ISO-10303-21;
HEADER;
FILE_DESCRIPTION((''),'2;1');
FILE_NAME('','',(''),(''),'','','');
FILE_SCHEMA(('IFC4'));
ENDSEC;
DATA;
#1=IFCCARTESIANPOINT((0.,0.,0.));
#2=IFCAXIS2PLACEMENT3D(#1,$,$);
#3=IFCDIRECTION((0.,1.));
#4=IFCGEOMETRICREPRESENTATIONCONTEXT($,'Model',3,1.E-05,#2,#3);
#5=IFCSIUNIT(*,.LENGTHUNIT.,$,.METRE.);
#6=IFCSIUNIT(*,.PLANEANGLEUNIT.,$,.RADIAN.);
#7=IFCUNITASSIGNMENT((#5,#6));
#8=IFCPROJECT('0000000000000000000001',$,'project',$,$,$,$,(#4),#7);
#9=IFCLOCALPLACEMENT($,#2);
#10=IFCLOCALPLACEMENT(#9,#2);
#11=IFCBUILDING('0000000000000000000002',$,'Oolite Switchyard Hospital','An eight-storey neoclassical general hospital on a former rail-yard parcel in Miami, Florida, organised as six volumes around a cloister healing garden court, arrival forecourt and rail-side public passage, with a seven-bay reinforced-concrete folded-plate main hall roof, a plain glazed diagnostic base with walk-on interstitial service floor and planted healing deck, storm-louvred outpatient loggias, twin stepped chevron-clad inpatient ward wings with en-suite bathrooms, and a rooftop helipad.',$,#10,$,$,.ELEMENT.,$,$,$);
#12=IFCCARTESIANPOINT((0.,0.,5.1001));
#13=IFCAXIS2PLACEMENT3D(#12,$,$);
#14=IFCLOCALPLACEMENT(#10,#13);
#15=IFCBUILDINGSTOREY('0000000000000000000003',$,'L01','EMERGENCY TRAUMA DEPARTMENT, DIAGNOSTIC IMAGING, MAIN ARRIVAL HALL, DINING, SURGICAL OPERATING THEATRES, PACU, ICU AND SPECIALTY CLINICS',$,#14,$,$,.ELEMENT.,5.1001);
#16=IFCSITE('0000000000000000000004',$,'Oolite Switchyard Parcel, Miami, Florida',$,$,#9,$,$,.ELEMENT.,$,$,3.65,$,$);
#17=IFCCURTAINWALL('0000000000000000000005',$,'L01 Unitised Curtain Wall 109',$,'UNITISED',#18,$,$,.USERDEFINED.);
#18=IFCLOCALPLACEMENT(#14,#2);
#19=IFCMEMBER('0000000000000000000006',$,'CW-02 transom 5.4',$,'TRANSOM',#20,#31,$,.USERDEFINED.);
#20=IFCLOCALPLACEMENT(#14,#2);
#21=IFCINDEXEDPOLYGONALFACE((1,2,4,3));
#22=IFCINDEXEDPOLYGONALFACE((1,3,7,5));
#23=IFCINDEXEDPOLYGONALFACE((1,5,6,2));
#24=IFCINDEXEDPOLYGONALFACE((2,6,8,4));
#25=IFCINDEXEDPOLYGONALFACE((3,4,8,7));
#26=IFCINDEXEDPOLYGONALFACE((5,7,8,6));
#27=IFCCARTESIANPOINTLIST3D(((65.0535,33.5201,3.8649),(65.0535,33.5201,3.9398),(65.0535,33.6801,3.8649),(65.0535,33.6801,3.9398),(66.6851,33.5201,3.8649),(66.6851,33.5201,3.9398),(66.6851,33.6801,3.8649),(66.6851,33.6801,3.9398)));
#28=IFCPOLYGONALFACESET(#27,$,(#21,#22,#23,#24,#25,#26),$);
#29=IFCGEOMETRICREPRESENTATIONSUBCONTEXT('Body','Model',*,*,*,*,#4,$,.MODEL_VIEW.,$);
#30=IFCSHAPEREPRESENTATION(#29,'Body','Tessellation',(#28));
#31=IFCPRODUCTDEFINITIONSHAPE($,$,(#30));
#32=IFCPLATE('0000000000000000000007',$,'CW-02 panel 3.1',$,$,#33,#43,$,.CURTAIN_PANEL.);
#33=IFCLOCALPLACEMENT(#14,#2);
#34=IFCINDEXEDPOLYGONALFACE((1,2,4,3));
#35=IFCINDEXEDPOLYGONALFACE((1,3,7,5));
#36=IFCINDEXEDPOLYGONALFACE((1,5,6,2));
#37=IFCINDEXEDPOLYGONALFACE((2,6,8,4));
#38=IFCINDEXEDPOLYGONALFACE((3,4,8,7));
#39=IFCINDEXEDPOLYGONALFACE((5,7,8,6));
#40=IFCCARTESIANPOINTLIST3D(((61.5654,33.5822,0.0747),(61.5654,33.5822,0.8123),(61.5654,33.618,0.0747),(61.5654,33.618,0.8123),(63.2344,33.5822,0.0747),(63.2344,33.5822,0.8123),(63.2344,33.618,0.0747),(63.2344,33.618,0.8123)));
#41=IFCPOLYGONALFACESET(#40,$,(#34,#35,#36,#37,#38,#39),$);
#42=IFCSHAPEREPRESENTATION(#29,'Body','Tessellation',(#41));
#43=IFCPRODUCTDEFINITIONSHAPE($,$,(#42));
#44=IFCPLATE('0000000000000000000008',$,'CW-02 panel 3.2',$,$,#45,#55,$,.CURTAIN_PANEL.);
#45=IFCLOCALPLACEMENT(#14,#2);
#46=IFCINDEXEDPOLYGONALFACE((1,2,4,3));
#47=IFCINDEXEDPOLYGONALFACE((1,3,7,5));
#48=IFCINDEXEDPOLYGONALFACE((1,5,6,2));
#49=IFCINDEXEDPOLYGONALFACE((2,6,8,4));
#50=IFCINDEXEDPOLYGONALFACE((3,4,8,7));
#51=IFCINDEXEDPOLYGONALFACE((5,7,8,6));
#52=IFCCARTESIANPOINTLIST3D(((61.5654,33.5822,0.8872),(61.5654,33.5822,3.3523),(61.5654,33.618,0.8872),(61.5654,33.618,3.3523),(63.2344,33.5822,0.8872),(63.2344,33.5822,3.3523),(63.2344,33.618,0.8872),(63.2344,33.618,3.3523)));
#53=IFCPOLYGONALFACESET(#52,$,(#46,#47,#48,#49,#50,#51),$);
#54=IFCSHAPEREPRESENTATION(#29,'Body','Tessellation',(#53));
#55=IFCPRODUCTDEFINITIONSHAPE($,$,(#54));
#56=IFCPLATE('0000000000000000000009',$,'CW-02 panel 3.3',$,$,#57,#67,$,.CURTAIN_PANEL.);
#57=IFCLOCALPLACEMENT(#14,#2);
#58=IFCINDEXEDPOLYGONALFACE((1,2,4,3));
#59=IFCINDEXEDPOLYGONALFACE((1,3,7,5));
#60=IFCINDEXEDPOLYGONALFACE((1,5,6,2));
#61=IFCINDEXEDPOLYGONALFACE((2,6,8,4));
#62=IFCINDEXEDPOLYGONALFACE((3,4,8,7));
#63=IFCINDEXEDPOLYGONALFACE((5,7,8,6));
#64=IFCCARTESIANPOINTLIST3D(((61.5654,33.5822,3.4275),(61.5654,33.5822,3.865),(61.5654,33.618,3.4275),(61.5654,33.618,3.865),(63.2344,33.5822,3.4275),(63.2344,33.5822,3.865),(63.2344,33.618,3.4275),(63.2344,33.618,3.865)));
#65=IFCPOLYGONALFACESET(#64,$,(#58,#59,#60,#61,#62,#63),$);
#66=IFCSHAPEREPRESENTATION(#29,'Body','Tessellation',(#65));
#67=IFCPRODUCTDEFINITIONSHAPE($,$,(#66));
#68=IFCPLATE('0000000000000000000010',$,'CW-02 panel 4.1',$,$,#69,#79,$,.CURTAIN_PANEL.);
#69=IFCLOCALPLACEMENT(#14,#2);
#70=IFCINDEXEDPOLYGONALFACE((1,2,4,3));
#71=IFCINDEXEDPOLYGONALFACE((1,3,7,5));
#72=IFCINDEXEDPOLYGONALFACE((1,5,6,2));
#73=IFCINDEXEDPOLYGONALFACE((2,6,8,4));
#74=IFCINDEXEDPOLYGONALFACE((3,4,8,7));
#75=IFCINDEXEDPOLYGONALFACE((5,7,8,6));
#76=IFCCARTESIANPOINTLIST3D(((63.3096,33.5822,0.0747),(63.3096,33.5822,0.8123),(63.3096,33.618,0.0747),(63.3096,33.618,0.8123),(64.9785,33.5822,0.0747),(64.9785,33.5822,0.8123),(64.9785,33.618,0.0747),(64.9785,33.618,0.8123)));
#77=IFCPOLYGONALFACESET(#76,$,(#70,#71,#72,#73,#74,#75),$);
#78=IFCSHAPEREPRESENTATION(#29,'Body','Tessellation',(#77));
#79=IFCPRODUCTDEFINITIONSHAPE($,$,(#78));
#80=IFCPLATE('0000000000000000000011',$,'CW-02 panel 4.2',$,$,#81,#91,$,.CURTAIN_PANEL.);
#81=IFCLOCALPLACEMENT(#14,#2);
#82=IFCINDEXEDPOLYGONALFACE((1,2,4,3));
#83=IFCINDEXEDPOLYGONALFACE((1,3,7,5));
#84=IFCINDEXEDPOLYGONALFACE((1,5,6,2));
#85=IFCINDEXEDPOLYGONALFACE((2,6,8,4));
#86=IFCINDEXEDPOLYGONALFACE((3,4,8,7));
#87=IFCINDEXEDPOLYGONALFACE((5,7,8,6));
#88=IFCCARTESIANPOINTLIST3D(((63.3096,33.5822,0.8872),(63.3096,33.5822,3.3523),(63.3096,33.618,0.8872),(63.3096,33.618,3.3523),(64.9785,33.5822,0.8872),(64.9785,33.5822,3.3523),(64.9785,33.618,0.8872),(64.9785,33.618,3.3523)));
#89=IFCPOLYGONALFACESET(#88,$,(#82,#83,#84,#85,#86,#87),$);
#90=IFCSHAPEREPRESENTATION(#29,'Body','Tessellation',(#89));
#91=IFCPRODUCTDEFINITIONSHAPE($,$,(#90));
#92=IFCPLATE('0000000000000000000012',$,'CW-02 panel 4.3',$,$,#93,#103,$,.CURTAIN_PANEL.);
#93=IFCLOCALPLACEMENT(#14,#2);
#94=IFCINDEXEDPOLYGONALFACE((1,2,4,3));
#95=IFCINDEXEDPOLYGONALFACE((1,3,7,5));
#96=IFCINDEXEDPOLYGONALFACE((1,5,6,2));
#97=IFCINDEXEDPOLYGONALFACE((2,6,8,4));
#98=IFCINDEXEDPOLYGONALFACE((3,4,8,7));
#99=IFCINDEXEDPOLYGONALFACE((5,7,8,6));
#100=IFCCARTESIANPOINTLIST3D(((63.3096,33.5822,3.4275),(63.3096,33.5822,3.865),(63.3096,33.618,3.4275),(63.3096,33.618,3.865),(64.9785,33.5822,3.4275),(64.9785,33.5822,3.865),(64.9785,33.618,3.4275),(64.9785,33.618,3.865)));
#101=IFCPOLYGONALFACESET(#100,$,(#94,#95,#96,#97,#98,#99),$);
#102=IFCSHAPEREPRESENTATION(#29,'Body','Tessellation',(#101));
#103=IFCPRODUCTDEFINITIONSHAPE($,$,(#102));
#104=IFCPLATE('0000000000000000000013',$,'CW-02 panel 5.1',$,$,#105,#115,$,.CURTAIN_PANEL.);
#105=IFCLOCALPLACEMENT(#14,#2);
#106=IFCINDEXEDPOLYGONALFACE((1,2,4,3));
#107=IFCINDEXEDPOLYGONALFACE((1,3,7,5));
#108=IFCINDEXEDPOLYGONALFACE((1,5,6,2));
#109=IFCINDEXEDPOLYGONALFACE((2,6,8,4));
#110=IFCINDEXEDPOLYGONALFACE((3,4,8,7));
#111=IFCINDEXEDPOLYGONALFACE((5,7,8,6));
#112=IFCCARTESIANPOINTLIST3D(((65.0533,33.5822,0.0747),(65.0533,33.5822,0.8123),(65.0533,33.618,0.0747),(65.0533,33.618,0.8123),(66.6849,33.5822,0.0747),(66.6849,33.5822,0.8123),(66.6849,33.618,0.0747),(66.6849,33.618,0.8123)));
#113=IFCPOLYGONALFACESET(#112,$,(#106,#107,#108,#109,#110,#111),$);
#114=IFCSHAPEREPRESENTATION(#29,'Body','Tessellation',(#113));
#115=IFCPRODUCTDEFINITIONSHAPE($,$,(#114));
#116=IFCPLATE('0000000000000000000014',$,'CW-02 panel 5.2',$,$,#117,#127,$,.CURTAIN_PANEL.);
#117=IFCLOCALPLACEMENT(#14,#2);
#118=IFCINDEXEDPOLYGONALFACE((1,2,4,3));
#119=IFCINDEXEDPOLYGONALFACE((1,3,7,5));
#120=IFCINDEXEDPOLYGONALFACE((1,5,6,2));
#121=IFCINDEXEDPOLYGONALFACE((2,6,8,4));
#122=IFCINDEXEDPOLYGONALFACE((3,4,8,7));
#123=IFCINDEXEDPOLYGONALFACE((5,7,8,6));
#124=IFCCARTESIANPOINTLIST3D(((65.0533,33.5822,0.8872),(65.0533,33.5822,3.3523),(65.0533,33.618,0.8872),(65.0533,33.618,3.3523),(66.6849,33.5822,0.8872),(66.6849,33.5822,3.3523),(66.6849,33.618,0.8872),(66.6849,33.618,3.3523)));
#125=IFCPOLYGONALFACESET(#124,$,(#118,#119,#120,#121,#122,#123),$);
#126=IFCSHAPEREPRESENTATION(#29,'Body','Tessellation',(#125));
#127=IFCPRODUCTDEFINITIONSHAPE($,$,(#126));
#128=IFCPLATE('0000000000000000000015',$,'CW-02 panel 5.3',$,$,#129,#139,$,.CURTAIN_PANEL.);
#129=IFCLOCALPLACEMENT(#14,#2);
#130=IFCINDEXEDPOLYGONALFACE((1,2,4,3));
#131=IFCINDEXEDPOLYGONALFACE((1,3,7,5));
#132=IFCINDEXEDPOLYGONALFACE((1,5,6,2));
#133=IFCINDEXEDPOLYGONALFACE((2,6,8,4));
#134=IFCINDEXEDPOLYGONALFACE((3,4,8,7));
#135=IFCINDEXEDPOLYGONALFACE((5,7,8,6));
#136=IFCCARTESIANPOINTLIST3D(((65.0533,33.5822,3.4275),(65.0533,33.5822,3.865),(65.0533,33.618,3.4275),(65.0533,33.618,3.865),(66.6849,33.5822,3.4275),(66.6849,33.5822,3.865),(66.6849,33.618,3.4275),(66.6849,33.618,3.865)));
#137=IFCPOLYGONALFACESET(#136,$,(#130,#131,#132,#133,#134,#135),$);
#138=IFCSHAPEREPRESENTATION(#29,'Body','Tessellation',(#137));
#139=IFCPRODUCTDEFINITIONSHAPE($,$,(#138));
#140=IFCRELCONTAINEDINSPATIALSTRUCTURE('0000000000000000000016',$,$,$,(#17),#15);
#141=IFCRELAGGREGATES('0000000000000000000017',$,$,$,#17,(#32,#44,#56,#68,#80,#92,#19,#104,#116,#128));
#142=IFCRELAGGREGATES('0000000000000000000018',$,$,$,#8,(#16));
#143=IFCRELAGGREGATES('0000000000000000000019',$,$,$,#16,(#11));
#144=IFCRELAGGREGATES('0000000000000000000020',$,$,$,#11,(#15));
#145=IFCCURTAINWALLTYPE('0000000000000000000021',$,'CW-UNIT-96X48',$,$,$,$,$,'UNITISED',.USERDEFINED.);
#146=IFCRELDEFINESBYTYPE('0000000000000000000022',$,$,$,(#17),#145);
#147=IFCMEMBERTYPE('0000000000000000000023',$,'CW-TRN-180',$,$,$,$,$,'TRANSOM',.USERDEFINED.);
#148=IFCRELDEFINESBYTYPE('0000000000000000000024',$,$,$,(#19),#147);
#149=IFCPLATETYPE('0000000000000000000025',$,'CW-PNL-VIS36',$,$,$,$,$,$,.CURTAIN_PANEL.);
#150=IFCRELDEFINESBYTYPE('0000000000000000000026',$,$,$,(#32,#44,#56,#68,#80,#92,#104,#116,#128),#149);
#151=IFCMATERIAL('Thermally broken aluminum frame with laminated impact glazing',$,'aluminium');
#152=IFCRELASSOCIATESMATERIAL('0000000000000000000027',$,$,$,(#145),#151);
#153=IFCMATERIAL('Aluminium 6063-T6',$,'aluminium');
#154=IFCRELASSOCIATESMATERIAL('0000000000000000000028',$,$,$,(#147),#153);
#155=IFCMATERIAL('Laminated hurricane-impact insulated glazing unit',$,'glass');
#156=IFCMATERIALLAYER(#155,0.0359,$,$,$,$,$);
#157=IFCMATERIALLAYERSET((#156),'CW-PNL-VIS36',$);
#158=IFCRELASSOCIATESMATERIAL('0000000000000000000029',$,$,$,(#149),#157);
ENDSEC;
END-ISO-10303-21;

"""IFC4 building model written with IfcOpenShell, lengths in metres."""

from ifc_helpers import new_model, si_unit, direction, frame, origin, origin_2d, place, context, subcontext, project, spatial, rectangle, extrude, material, layer, layer_set, material_profile, profile_set, type_object, element, aggregate, save


model = new_model("IFC4")

# Units and contexts
model_context = context("Model", 3, precision=1e-05, world=origin(), true_north=direction((0.0, 1.0)))
body_context = subcontext(model_context, "Body", "Model", "MODEL_VIEW")
ifc_project = project(units=[si_unit("LENGTHUNIT", "METRE"), si_unit("PLANEANGLEUNIT", "RADIAN")], contexts=[model_context])

# Site, building, storey
site_placement = place(None, origin())
site = spatial("IfcSite", under=ifc_project, at=site_placement, Name="Oolite Switchyard Parcel, Miami, Florida", CompositionType="ELEMENT", RefElevation=3.65)
building_placement = place(site_placement, origin())
building = spatial("IfcBuilding", under=site, at=building_placement, Name="Oolite Switchyard Hospital", Description="An eight-storey neoclassical general hospital on a former rail-yard parcel in Miami, Florida, organised as six volumes around a cloister healing garden court, arrival forecourt and rail-side public passage, with a seven-bay reinforced-concrete folded-plate main hall roof, a plain glazed diagnostic base with walk-on interstitial service floor and planted healing deck, storm-louvred outpatient loggias, twin stepped chevron-clad inpatient ward wings with en-suite bathrooms, and a rooftop helipad.", CompositionType="ELEMENT")
storey_placement = place(building_placement, frame((0.0, 0.0, 5.1001)))
storey = spatial("IfcBuildingStorey", under=building, at=storey_placement, Name="L01", Description="EMERGENCY TRAUMA DEPARTMENT, DIAGNOSTIC IMAGING, MAIN ARRIVAL HALL, DINING, SURGICAL OPERATING THEATRES, PACU, ICU AND SPECIALTY CLINICS", CompositionType="ELEMENT", Elevation=5.1001)

# Curtain wall, member, plates
ifc_material_1 = material(Name="Thermally broken aluminum frame with laminated impact glazing", Category="aluminium")
curtain_wall_type = type_object("IfcCurtainWallType", Name="CW-UNIT-96X48", ElementType="UNITISED", PredefinedType="USERDEFINED", material=ifc_material_1)
curtain_wall_placement = place(storey_placement, origin())
curtain_wall = element("IfcCurtainWall", 1, at=curtain_wall_placement, inside=storey, type_object=curtain_wall_type, Name="L01 Unitised Curtain Wall 109", ObjectType="UNITISED", PredefinedType="USERDEFINED")
ifc_material_2 = material(Name="Aluminium 6063-T6", Category="aluminium")
ifc_material_profile_1 = material_profile(ifc_material_2, rectangle(XDim=0.1599, YDim=0.075, at=origin_2d()), Name="CWT75X160")
ifc_profile_set_1 = profile_set([ifc_material_profile_1], Name="Aluminium 6063-T6")
member_type_1 = type_object("IfcMemberType", Name="CW-TRN-180", ElementType="TRANSOM", PredefinedType="USERDEFINED", material=ifc_profile_set_1)
member_1_placement = place(storey_placement, frame((65.0535, 33.6001, 3.9023), z_axis=(1.0, 0.0, 0.0), x_axis=(0.0, 1.0, 0.0)))
member_1 = element("IfcMember", 2, at=member_1_placement, type_object=member_type_1, Name="CW-02 transom 5.4", ObjectType="TRANSOM", PredefinedType="USERDEFINED", context=body_context, shape_type="SweptSolid", body=[
    extrude(rectangle(XDim=0.1599, YDim=0.075, at=origin_2d()), origin(), (0.0, 0.0, 1.0), 1.6316),
])
ifc_material_3 = material(Name="Laminated hurricane-impact insulated glazing unit", Category="glass")
ifc_layer = layer(ifc_material_3, 0.0359)
ifc_layer_set = layer_set([ifc_layer], Name="CW-PNL-VIS36")
plate_type = type_object("IfcPlateType", Name="CW-PNL-VIS36", PredefinedType="CURTAIN_PANEL", material=ifc_layer_set)
plate_1_placement = place(storey_placement, frame((62.3999, 33.6001, 0.0747), z_axis=(0.0, 0.0, 1.0), x_axis=(1.0, 0.0, 0.0)))
plate_1 = element("IfcPlate", 3, at=plate_1_placement, type_object=plate_type, Name="CW-02 panel 3.1", PredefinedType="CURTAIN_PANEL", context=body_context, shape_type="SweptSolid", body=[
    extrude(rectangle(XDim=1.6689, YDim=0.0359, at=origin_2d()), origin(), (0.0, 0.0, 1.0), 0.7375),
])
plate_2_placement = place(storey_placement, frame((62.3999, 33.6001, 0.8872), z_axis=(0.0, 0.0, 1.0), x_axis=(1.0, 0.0, 0.0)))
plate_2 = element("IfcPlate", 4, at=plate_2_placement, type_object=plate_type, Name="CW-02 panel 3.2", PredefinedType="CURTAIN_PANEL", context=body_context, shape_type="SweptSolid", body=[
    extrude(rectangle(XDim=1.6689, YDim=0.0359, at=origin_2d()), origin(), (0.0, 0.0, 1.0), 2.4651),
])
plate_3_placement = place(storey_placement, frame((62.3999, 33.6001, 3.4275), z_axis=(0.0, 0.0, 1.0), x_axis=(1.0, 0.0, 0.0)))
plate_3 = element("IfcPlate", 5, at=plate_3_placement, type_object=plate_type, Name="CW-02 panel 3.3", PredefinedType="CURTAIN_PANEL", context=body_context, shape_type="SweptSolid", body=[
    extrude(rectangle(XDim=1.6689, YDim=0.0359, at=origin_2d()), origin(), (0.0, 0.0, 1.0), 0.4375),
])
plate_4_placement = place(storey_placement, frame((64.144, 33.6001, 0.0747), z_axis=(0.0, 0.0, 1.0), x_axis=(1.0, 0.0, 0.0)))
plate_4 = element("IfcPlate", 6, at=plate_4_placement, type_object=plate_type, Name="CW-02 panel 4.1", PredefinedType="CURTAIN_PANEL", context=body_context, shape_type="SweptSolid", body=[
    extrude(rectangle(XDim=1.6689, YDim=0.0359, at=origin_2d()), origin(), (0.0, 0.0, 1.0), 0.7375),
])
plate_5_placement = place(storey_placement, frame((64.144, 33.6001, 0.8872), z_axis=(0.0, 0.0, 1.0), x_axis=(1.0, 0.0, 0.0)))
plate_5 = element("IfcPlate", 7, at=plate_5_placement, type_object=plate_type, Name="CW-02 panel 4.2", PredefinedType="CURTAIN_PANEL", context=body_context, shape_type="SweptSolid", body=[
    extrude(rectangle(XDim=1.6689, YDim=0.0359, at=origin_2d()), origin(), (0.0, 0.0, 1.0), 2.4651),
])
plate_6_placement = place(storey_placement, frame((64.144, 33.6001, 3.4275), z_axis=(0.0, 0.0, 1.0), x_axis=(1.0, 0.0, 0.0)))
plate_6 = element("IfcPlate", 8, at=plate_6_placement, type_object=plate_type, Name="CW-02 panel 4.3", PredefinedType="CURTAIN_PANEL", context=body_context, shape_type="SweptSolid", body=[
    extrude(rectangle(XDim=1.6689, YDim=0.0359, at=origin_2d()), origin(), (0.0, 0.0, 1.0), 0.4375),
])
plate_7_placement = place(storey_placement, frame((65.8691, 33.6001, 0.0747), z_axis=(0.0, 0.0, 1.0), x_axis=(1.0, 0.0, 0.0)))
plate_7 = element("IfcPlate", 9, at=plate_7_placement, type_object=plate_type, Name="CW-02 panel 5.1", PredefinedType="CURTAIN_PANEL", context=body_context, shape_type="SweptSolid", body=[
    extrude(rectangle(XDim=1.6316, YDim=0.0359, at=origin_2d()), origin(), (0.0, 0.0, 1.0), 0.7375),
])
plate_8_placement = place(storey_placement, frame((65.8691, 33.6001, 0.8872), z_axis=(0.0, 0.0, 1.0), x_axis=(1.0, 0.0, 0.0)))
plate_8 = element("IfcPlate", 10, at=plate_8_placement, type_object=plate_type, Name="CW-02 panel 5.2", PredefinedType="CURTAIN_PANEL", context=body_context, shape_type="SweptSolid", body=[
    extrude(rectangle(XDim=1.6316, YDim=0.0359, at=origin_2d()), origin(), (0.0, 0.0, 1.0), 2.4651),
])
plate_9_placement = place(storey_placement, frame((65.8691, 33.6001, 3.4275), z_axis=(0.0, 0.0, 1.0), x_axis=(1.0, 0.0, 0.0)))
plate_9 = element("IfcPlate", 11, at=plate_9_placement, type_object=plate_type, Name="CW-02 panel 5.3", PredefinedType="CURTAIN_PANEL", context=body_context, shape_type="SweptSolid", body=[
    extrude(rectangle(XDim=1.6316, YDim=0.0359, at=origin_2d()), origin(), (0.0, 0.0, 1.0), 0.4375),
])
aggregate(curtain_wall, [plate_1, plate_2, plate_3, plate_4, plate_5, plate_6, member_1, plate_7, plate_8, plate_9])

save(model, "model.ifc")
